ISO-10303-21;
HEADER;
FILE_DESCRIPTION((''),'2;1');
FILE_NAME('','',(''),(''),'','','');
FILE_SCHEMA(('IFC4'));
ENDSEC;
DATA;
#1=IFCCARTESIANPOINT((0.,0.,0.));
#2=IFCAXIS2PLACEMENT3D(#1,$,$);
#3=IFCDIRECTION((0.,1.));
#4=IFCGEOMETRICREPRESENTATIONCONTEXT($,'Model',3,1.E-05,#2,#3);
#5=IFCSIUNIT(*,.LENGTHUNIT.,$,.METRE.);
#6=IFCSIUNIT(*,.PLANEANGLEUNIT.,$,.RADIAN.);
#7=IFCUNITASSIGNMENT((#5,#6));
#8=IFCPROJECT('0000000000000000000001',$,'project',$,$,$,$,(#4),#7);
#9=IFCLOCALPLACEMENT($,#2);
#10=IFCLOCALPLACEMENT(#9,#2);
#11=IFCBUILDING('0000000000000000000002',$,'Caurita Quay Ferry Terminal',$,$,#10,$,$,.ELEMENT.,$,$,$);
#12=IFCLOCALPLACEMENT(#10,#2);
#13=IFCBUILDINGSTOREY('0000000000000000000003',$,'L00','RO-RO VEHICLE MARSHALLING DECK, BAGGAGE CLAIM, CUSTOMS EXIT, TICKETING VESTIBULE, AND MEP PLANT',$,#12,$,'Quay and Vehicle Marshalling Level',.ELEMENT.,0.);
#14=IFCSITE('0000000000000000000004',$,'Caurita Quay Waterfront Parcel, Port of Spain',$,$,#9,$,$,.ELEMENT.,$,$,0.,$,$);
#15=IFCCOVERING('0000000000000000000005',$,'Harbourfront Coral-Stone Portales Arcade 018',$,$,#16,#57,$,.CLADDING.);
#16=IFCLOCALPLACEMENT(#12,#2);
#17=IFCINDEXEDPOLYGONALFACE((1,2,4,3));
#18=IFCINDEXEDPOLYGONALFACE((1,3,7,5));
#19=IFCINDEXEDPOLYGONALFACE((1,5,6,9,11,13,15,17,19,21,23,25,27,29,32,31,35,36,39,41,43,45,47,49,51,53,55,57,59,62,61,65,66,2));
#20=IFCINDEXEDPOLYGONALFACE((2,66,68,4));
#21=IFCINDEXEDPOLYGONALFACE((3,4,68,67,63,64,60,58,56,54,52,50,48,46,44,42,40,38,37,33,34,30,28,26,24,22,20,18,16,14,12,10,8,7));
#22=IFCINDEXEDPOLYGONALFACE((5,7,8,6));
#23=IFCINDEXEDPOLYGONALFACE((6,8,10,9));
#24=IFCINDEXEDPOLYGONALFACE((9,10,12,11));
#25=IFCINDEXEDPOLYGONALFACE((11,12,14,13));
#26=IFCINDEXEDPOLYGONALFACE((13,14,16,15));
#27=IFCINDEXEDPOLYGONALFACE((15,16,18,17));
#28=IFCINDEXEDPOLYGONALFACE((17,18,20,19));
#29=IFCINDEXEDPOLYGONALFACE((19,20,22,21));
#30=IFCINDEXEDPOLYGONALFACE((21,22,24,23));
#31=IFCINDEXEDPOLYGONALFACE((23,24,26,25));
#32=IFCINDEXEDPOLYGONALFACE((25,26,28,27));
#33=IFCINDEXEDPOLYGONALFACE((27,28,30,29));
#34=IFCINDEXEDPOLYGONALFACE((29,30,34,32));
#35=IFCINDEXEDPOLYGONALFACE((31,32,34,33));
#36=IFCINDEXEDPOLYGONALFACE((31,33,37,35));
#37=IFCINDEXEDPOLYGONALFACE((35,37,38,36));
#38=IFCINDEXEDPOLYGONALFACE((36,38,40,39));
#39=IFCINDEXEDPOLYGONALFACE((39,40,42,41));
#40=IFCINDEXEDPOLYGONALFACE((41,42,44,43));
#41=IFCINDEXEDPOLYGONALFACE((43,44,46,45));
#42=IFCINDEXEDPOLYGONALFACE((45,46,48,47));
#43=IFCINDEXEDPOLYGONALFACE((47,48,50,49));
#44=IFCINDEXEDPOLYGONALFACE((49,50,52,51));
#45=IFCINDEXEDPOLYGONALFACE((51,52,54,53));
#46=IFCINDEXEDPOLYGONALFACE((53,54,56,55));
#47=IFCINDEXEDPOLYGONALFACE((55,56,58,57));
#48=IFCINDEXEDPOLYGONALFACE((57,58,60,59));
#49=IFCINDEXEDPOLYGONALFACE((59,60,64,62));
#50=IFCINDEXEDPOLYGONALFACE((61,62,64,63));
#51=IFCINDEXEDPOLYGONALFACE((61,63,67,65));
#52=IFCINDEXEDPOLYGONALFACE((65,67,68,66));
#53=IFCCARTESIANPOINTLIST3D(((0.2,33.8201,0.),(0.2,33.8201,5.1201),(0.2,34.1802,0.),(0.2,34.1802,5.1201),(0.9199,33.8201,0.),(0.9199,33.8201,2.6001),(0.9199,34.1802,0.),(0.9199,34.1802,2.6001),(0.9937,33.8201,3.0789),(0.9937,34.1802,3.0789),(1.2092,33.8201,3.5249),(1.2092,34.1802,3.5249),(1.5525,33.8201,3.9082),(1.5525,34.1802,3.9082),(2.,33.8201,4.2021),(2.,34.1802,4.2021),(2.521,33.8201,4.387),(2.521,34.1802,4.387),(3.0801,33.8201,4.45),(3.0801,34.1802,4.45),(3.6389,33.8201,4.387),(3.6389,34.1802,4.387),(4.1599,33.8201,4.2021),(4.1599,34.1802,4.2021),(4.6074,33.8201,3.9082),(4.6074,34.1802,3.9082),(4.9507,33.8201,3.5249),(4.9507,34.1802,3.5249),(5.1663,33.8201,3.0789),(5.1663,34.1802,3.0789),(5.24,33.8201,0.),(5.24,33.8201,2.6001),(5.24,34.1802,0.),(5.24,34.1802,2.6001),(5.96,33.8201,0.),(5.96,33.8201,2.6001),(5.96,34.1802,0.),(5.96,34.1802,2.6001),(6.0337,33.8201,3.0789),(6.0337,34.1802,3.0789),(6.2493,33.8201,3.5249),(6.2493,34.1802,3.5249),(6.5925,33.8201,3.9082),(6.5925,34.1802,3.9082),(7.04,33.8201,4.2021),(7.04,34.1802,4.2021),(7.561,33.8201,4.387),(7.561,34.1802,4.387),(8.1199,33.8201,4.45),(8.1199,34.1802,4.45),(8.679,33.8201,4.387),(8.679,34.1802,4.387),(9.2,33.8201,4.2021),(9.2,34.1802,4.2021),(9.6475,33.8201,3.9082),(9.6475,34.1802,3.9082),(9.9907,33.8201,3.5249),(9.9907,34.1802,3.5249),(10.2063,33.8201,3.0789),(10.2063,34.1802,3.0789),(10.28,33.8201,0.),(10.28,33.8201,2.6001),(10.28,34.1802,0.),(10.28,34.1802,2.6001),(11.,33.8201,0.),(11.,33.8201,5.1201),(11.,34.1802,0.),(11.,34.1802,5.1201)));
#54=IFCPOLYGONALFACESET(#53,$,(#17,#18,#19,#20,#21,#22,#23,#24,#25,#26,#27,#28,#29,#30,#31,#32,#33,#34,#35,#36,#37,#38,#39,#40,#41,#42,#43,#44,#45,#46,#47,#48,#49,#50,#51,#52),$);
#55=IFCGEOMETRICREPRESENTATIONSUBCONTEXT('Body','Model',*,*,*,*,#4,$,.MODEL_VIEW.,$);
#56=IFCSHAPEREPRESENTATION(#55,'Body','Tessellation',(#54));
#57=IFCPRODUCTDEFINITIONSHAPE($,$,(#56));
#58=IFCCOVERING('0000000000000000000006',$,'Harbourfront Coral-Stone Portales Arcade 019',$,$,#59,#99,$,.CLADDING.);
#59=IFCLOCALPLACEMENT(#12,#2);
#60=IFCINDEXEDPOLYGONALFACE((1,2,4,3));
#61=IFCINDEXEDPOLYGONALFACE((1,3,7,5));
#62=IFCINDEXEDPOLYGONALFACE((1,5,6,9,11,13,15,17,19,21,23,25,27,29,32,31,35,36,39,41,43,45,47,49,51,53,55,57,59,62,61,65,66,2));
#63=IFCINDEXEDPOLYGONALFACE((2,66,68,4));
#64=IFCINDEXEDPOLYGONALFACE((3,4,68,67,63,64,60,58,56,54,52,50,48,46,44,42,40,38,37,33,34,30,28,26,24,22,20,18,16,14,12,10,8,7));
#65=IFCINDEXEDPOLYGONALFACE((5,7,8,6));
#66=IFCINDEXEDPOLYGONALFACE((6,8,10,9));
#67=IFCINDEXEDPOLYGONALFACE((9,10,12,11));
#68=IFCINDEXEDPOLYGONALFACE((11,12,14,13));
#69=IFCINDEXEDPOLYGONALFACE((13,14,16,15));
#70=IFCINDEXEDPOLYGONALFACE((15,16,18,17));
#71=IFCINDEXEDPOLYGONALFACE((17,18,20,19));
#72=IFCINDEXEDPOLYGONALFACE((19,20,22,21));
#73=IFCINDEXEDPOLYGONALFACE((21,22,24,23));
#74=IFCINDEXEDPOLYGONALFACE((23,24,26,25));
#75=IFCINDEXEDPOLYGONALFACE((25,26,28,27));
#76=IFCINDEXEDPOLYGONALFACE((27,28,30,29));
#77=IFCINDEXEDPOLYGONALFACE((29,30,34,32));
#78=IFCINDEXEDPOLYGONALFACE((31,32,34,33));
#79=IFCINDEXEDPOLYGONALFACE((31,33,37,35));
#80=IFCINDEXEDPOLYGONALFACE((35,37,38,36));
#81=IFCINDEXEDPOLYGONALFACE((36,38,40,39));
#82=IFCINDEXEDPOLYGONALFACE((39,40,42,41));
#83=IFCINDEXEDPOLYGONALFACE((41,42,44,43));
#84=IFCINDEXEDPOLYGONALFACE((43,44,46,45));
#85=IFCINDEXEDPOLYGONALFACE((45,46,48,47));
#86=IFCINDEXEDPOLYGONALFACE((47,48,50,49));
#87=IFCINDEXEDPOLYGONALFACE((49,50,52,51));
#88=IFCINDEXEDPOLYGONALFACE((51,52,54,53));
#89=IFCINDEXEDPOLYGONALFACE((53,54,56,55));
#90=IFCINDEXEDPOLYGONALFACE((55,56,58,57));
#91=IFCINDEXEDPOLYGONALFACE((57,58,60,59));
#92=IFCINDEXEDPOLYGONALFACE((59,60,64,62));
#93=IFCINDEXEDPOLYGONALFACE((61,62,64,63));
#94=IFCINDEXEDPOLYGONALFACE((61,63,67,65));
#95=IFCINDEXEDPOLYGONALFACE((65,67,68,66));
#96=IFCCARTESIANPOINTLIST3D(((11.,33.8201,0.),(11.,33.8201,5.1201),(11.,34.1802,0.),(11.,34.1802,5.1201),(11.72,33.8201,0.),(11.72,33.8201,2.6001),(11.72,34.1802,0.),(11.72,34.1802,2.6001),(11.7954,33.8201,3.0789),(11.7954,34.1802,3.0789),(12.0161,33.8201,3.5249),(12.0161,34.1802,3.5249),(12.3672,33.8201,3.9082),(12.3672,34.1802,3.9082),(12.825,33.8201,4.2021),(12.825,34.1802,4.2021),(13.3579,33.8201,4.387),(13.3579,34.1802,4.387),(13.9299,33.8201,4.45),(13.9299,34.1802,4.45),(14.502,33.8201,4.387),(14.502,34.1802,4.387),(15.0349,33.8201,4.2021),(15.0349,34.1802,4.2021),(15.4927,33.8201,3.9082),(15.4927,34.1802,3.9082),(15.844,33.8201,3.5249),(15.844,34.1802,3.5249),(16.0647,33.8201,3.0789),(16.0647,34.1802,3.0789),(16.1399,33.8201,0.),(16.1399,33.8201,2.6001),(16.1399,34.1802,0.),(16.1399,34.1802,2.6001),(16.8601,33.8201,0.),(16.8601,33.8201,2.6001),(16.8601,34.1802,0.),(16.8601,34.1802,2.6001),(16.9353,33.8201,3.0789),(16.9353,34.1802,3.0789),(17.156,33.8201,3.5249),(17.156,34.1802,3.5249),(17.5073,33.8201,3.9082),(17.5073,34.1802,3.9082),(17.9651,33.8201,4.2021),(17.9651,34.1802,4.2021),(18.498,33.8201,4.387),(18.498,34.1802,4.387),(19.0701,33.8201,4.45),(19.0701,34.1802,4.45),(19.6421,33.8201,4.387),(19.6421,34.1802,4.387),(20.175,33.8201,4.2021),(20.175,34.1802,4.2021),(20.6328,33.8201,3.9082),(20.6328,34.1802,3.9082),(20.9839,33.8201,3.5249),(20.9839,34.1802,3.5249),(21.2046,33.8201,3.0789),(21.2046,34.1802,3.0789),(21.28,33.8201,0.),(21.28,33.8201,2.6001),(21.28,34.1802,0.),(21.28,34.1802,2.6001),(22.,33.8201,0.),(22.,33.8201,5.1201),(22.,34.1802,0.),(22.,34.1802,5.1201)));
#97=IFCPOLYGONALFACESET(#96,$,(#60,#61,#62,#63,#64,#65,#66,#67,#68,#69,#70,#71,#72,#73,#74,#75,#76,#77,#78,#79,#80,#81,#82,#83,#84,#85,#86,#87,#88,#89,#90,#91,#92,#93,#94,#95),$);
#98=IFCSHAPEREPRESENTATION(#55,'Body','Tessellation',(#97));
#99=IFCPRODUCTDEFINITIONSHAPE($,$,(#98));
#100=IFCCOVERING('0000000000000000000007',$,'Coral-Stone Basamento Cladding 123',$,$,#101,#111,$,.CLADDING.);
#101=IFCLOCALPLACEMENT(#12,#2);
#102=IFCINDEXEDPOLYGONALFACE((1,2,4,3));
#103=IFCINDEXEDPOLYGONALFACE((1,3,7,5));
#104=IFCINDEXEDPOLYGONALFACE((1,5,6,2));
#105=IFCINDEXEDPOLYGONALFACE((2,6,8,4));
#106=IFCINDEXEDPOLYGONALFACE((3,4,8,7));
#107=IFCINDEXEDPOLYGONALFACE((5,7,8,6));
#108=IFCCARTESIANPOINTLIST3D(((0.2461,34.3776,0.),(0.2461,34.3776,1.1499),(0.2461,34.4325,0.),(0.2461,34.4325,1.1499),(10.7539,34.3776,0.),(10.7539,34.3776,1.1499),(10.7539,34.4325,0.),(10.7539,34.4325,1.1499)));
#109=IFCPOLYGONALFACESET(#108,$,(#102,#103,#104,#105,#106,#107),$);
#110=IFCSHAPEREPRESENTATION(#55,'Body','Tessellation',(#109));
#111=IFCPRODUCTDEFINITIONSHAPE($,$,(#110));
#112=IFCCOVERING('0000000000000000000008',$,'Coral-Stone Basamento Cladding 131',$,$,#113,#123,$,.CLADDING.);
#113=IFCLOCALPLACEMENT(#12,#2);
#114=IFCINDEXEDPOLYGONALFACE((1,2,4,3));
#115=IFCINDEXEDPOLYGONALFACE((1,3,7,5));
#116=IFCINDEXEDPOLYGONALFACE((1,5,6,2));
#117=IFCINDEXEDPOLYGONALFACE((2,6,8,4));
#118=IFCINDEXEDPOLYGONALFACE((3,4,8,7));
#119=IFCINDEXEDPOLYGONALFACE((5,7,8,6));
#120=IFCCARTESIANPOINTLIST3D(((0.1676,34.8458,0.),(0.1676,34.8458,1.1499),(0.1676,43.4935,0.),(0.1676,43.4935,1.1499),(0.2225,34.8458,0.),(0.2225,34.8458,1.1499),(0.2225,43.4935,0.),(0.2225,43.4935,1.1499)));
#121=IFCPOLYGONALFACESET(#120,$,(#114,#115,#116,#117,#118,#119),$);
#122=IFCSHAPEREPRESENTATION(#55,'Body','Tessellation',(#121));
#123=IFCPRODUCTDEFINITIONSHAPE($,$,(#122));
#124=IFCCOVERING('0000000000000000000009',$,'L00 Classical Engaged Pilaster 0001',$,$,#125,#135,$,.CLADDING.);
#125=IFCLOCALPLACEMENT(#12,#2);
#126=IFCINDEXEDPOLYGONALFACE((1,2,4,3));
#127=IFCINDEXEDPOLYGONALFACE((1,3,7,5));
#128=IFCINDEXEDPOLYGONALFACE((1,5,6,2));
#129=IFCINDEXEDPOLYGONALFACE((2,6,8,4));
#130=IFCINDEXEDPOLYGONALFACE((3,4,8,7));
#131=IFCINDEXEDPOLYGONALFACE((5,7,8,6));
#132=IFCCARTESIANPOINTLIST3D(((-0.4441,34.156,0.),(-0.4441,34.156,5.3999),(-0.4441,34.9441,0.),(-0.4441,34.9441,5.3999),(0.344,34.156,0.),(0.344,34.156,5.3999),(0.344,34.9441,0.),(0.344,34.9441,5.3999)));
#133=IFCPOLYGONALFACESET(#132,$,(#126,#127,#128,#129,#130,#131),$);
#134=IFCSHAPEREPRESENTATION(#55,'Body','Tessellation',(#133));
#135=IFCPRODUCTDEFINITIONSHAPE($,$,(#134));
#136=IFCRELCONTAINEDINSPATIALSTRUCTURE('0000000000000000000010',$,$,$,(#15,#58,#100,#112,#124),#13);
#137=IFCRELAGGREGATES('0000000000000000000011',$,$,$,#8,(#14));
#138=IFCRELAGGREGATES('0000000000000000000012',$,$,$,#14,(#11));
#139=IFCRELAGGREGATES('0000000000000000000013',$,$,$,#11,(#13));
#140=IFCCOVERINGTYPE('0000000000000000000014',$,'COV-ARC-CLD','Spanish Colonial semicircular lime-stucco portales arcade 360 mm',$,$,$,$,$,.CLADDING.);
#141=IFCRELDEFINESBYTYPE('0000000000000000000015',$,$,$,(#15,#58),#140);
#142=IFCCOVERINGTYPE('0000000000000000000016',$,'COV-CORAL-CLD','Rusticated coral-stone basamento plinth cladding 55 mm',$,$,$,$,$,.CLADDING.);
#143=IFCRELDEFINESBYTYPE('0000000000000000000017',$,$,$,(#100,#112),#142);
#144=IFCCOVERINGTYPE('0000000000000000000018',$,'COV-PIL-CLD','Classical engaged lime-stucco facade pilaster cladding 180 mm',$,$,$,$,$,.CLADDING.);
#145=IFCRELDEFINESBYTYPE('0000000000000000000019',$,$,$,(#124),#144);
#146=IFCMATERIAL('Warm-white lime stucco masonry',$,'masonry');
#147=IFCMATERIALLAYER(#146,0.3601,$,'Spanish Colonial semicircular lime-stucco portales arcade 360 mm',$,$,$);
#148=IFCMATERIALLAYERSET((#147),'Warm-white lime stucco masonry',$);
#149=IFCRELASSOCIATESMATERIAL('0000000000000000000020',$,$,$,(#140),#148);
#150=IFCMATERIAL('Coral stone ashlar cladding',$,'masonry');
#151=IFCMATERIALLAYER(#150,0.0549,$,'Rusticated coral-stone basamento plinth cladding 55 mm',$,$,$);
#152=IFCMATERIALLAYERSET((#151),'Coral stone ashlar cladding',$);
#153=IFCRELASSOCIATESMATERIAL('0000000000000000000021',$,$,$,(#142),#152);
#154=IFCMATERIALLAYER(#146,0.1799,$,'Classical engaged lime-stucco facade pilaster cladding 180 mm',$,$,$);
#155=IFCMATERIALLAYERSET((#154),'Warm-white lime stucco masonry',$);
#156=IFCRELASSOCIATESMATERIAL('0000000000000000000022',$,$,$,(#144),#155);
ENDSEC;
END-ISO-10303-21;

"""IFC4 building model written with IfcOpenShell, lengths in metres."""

from ifc_helpers import new_model, si_unit, direction, frame, frame_2d, origin, origin_2d, place, context, subcontext, project, spatial, polyline, rectangle, outline, extrude, material, layer, layer_set, type_object, element, save


model = new_model("IFC4")

# Units and contexts
model_context = context("Model", 3, precision=1e-05, world=origin(), true_north=direction((0.0, 1.0)))
body_context = subcontext(model_context, "Body", "Model", "MODEL_VIEW")
ifc_project = project(units=[si_unit("LENGTHUNIT", "METRE"), si_unit("PLANEANGLEUNIT", "RADIAN")], contexts=[model_context])

# Site, building, storey
site_placement = place(None, origin())
site = spatial("IfcSite", under=ifc_project, at=site_placement, Name="Caurita Quay Waterfront Parcel, Port of Spain", CompositionType="ELEMENT", RefElevation=0.0)
building_placement = place(site_placement, origin())
building = spatial("IfcBuilding", under=site, at=building_placement, Name="Caurita Quay Ferry Terminal", CompositionType="ELEMENT")
storey_placement = place(building_placement, origin())
storey = spatial("IfcBuildingStorey", under=building, at=storey_placement, Name="L00", Description="RO-RO VEHICLE MARSHALLING DECK, BAGGAGE CLAIM, CUSTOMS EXIT, TICKETING VESTIBULE, AND MEP PLANT", LongName="Quay and Vehicle Marshalling Level", CompositionType="ELEMENT", Elevation=0.0)

# Shared definitions
ifc_material_1 = material(Name="Warm-white lime stucco masonry", Category="masonry")

# Coverings
ifc_layer_1 = layer(ifc_material_1, 0.3601, Name="Spanish Colonial semicircular lime-stucco portales arcade 360 mm")
ifc_layer_set_1 = layer_set([ifc_layer_1], Name="Warm-white lime stucco masonry")
covering_type_1 = type_object("IfcCoveringType", Name="COV-ARC-CLD", Description="Spanish Colonial semicircular lime-stucco portales arcade 360 mm", PredefinedType="CLADDING", material=ifc_layer_set_1)
covering_1_placement = place(storey_placement, frame((0.2, 34.0, 0.0), z_axis=(0.0, 0.0, 1.0), x_axis=(1.0, 0.0, 0.0)))
element("IfcCovering", 1, at=covering_1_placement, inside=storey, type_object=covering_type_1, Name="Harbourfront Coral-Stone Portales Arcade 018", PredefinedType="CLADDING", context=body_context, shape_type="SweptSolid", body=[
    extrude(outline(polyline([(0.0, 0.0), (0.72, 0.0), (0.72, 2.6001), (0.7937, 3.0789), (1.0093, 3.5249), (1.3525, 3.9082), (1.8, 4.2021), (2.321, 4.387), (2.8801, 4.45), (3.439, 4.387), (3.96, 4.2021), (4.4075, 3.9082), (4.7507, 3.5249), (4.9663, 3.0789), (5.04, 2.6001), (5.04, 0.0), (5.76, 0.0), (5.76, 2.6001), (5.8337, 3.0789), (6.0493, 3.5249), (6.3926, 3.9082), (6.8401, 4.2021), (7.3611, 4.387), (7.9199, 4.45), (8.479, 4.387), (9.0, 4.2021), (9.4475, 3.9082), (9.7908, 3.5249), (10.0063, 3.0789), (10.0801, 2.6001), (10.0801, 0.0), (10.8, 0.0), (10.8, 5.1201), (0.0, 5.1201), (0.0, 0.0)])), frame((0.0, 0.1802, 0.0), z_axis=(0.0, -1.0, 0.0), x_axis=(1.0, 0.0, 0.0)), (0.0, 0.0, 1.0), 0.3601),
])
covering_2_placement = place(storey_placement, frame((11.0, 34.0, 0.0), z_axis=(0.0, 0.0, 1.0), x_axis=(1.0, 0.0, 0.0)))
element("IfcCovering", 2, at=covering_2_placement, inside=storey, type_object=covering_type_1, Name="Harbourfront Coral-Stone Portales Arcade 019", PredefinedType="CLADDING", context=body_context, shape_type="SweptSolid", body=[
    extrude(outline(polyline([(0.0, 0.0), (0.72, 0.0), (0.72, 2.6001), (0.7954, 3.0789), (1.0161, 3.5249), (1.3672, 3.9082), (1.825, 4.2021), (2.3579, 4.387), (2.9299, 4.45), (3.502, 4.387), (4.0349, 4.2021), (4.4927, 3.9082), (4.844, 3.5249), (5.0647, 3.0789), (5.1399, 2.6001), (5.1399, 0.0), (5.8601, 0.0), (5.8601, 2.6001), (5.9353, 3.0789), (6.156, 3.5249), (6.5073, 3.9082), (6.9651, 4.2021), (7.498, 4.387), (8.0701, 4.45), (8.6421, 4.387), (9.175, 4.2021), (9.6328, 3.9082), (9.9839, 3.5249), (10.2046, 3.0789), (10.28, 2.6001), (10.28, 0.0), (11.0, 0.0), (11.0, 5.1201), (0.0, 5.1201), (0.0, 0.0)])), frame((0.0, 0.1802, 0.0), z_axis=(0.0, -1.0, 0.0), x_axis=(1.0, 0.0, 0.0)), (0.0, 0.0, 1.0), 0.3601),
])
ifc_material_2 = material(Name="Coral stone ashlar cladding", Category="masonry")
ifc_layer_2 = layer(ifc_material_2, 0.0549, Name="Rusticated coral-stone basamento plinth cladding 55 mm")
ifc_layer_set_2 = layer_set([ifc_layer_2], Name="Coral stone ashlar cladding")
covering_type_2 = type_object("IfcCoveringType", Name="COV-CORAL-CLD", Description="Rusticated coral-stone basamento plinth cladding 55 mm", PredefinedType="CLADDING", material=ifc_layer_set_2)
covering_3_placement = place(storey_placement, frame((0.2461, 34.405, 0.0), z_axis=(0.0, 0.0, 1.0), x_axis=(1.0, 0.0, 0.0)))
element("IfcCovering", 3, at=covering_3_placement, inside=storey, type_object=covering_type_2, Name="Coral-Stone Basamento Cladding 123", PredefinedType="CLADDING", context=body_context, shape_type="SweptSolid", body=[
    extrude(rectangle(XDim=10.5078, YDim=0.0549, at=frame_2d((5.2539, 0.0))), origin(), (0.0, 0.0, 1.0), 1.1499),
])
covering_4_placement = place(storey_placement, frame((0.1951, 34.8459, 0.0), z_axis=(0.0, 0.0, 1.0), x_axis=(0.0, 1.0, 0.0)))
element("IfcCovering", 4, at=covering_4_placement, inside=storey, type_object=covering_type_2, Name="Coral-Stone Basamento Cladding 131", PredefinedType="CLADDING", context=body_context, shape_type="SweptSolid", body=[
    extrude(rectangle(XDim=8.6477, YDim=0.0549, at=frame_2d((4.3237, 0.0))), origin(), (0.0, 0.0, 1.0), 1.1499),
])
ifc_layer_3 = layer(ifc_material_1, 0.1799, Name="Classical engaged lime-stucco facade pilaster cladding 180 mm")
ifc_layer_set_3 = layer_set([ifc_layer_3], Name="Warm-white lime stucco masonry")
covering_type_3 = type_object("IfcCoveringType", Name="COV-PIL-CLD", Description="Classical engaged lime-stucco facade pilaster cladding 180 mm", PredefinedType="CLADDING", material=ifc_layer_set_3)
covering_5_placement = place(storey_placement, frame((-0.05, 34.55, 0.0), z_axis=(0.0, 0.0, 1.0), x_axis=(1.0, 0.0, 0.0)))
element("IfcCovering", 5, at=covering_5_placement, inside=storey, type_object=covering_type_3, Name="L00 Classical Engaged Pilaster 0001", PredefinedType="CLADDING", context=body_context, shape_type="SweptSolid", body=[
    extrude(rectangle(XDim=0.7881, YDim=0.7881, at=origin_2d()), origin(), (0.0, 0.0, 1.0), 5.3999),
])

save(model, "model.ifc")
